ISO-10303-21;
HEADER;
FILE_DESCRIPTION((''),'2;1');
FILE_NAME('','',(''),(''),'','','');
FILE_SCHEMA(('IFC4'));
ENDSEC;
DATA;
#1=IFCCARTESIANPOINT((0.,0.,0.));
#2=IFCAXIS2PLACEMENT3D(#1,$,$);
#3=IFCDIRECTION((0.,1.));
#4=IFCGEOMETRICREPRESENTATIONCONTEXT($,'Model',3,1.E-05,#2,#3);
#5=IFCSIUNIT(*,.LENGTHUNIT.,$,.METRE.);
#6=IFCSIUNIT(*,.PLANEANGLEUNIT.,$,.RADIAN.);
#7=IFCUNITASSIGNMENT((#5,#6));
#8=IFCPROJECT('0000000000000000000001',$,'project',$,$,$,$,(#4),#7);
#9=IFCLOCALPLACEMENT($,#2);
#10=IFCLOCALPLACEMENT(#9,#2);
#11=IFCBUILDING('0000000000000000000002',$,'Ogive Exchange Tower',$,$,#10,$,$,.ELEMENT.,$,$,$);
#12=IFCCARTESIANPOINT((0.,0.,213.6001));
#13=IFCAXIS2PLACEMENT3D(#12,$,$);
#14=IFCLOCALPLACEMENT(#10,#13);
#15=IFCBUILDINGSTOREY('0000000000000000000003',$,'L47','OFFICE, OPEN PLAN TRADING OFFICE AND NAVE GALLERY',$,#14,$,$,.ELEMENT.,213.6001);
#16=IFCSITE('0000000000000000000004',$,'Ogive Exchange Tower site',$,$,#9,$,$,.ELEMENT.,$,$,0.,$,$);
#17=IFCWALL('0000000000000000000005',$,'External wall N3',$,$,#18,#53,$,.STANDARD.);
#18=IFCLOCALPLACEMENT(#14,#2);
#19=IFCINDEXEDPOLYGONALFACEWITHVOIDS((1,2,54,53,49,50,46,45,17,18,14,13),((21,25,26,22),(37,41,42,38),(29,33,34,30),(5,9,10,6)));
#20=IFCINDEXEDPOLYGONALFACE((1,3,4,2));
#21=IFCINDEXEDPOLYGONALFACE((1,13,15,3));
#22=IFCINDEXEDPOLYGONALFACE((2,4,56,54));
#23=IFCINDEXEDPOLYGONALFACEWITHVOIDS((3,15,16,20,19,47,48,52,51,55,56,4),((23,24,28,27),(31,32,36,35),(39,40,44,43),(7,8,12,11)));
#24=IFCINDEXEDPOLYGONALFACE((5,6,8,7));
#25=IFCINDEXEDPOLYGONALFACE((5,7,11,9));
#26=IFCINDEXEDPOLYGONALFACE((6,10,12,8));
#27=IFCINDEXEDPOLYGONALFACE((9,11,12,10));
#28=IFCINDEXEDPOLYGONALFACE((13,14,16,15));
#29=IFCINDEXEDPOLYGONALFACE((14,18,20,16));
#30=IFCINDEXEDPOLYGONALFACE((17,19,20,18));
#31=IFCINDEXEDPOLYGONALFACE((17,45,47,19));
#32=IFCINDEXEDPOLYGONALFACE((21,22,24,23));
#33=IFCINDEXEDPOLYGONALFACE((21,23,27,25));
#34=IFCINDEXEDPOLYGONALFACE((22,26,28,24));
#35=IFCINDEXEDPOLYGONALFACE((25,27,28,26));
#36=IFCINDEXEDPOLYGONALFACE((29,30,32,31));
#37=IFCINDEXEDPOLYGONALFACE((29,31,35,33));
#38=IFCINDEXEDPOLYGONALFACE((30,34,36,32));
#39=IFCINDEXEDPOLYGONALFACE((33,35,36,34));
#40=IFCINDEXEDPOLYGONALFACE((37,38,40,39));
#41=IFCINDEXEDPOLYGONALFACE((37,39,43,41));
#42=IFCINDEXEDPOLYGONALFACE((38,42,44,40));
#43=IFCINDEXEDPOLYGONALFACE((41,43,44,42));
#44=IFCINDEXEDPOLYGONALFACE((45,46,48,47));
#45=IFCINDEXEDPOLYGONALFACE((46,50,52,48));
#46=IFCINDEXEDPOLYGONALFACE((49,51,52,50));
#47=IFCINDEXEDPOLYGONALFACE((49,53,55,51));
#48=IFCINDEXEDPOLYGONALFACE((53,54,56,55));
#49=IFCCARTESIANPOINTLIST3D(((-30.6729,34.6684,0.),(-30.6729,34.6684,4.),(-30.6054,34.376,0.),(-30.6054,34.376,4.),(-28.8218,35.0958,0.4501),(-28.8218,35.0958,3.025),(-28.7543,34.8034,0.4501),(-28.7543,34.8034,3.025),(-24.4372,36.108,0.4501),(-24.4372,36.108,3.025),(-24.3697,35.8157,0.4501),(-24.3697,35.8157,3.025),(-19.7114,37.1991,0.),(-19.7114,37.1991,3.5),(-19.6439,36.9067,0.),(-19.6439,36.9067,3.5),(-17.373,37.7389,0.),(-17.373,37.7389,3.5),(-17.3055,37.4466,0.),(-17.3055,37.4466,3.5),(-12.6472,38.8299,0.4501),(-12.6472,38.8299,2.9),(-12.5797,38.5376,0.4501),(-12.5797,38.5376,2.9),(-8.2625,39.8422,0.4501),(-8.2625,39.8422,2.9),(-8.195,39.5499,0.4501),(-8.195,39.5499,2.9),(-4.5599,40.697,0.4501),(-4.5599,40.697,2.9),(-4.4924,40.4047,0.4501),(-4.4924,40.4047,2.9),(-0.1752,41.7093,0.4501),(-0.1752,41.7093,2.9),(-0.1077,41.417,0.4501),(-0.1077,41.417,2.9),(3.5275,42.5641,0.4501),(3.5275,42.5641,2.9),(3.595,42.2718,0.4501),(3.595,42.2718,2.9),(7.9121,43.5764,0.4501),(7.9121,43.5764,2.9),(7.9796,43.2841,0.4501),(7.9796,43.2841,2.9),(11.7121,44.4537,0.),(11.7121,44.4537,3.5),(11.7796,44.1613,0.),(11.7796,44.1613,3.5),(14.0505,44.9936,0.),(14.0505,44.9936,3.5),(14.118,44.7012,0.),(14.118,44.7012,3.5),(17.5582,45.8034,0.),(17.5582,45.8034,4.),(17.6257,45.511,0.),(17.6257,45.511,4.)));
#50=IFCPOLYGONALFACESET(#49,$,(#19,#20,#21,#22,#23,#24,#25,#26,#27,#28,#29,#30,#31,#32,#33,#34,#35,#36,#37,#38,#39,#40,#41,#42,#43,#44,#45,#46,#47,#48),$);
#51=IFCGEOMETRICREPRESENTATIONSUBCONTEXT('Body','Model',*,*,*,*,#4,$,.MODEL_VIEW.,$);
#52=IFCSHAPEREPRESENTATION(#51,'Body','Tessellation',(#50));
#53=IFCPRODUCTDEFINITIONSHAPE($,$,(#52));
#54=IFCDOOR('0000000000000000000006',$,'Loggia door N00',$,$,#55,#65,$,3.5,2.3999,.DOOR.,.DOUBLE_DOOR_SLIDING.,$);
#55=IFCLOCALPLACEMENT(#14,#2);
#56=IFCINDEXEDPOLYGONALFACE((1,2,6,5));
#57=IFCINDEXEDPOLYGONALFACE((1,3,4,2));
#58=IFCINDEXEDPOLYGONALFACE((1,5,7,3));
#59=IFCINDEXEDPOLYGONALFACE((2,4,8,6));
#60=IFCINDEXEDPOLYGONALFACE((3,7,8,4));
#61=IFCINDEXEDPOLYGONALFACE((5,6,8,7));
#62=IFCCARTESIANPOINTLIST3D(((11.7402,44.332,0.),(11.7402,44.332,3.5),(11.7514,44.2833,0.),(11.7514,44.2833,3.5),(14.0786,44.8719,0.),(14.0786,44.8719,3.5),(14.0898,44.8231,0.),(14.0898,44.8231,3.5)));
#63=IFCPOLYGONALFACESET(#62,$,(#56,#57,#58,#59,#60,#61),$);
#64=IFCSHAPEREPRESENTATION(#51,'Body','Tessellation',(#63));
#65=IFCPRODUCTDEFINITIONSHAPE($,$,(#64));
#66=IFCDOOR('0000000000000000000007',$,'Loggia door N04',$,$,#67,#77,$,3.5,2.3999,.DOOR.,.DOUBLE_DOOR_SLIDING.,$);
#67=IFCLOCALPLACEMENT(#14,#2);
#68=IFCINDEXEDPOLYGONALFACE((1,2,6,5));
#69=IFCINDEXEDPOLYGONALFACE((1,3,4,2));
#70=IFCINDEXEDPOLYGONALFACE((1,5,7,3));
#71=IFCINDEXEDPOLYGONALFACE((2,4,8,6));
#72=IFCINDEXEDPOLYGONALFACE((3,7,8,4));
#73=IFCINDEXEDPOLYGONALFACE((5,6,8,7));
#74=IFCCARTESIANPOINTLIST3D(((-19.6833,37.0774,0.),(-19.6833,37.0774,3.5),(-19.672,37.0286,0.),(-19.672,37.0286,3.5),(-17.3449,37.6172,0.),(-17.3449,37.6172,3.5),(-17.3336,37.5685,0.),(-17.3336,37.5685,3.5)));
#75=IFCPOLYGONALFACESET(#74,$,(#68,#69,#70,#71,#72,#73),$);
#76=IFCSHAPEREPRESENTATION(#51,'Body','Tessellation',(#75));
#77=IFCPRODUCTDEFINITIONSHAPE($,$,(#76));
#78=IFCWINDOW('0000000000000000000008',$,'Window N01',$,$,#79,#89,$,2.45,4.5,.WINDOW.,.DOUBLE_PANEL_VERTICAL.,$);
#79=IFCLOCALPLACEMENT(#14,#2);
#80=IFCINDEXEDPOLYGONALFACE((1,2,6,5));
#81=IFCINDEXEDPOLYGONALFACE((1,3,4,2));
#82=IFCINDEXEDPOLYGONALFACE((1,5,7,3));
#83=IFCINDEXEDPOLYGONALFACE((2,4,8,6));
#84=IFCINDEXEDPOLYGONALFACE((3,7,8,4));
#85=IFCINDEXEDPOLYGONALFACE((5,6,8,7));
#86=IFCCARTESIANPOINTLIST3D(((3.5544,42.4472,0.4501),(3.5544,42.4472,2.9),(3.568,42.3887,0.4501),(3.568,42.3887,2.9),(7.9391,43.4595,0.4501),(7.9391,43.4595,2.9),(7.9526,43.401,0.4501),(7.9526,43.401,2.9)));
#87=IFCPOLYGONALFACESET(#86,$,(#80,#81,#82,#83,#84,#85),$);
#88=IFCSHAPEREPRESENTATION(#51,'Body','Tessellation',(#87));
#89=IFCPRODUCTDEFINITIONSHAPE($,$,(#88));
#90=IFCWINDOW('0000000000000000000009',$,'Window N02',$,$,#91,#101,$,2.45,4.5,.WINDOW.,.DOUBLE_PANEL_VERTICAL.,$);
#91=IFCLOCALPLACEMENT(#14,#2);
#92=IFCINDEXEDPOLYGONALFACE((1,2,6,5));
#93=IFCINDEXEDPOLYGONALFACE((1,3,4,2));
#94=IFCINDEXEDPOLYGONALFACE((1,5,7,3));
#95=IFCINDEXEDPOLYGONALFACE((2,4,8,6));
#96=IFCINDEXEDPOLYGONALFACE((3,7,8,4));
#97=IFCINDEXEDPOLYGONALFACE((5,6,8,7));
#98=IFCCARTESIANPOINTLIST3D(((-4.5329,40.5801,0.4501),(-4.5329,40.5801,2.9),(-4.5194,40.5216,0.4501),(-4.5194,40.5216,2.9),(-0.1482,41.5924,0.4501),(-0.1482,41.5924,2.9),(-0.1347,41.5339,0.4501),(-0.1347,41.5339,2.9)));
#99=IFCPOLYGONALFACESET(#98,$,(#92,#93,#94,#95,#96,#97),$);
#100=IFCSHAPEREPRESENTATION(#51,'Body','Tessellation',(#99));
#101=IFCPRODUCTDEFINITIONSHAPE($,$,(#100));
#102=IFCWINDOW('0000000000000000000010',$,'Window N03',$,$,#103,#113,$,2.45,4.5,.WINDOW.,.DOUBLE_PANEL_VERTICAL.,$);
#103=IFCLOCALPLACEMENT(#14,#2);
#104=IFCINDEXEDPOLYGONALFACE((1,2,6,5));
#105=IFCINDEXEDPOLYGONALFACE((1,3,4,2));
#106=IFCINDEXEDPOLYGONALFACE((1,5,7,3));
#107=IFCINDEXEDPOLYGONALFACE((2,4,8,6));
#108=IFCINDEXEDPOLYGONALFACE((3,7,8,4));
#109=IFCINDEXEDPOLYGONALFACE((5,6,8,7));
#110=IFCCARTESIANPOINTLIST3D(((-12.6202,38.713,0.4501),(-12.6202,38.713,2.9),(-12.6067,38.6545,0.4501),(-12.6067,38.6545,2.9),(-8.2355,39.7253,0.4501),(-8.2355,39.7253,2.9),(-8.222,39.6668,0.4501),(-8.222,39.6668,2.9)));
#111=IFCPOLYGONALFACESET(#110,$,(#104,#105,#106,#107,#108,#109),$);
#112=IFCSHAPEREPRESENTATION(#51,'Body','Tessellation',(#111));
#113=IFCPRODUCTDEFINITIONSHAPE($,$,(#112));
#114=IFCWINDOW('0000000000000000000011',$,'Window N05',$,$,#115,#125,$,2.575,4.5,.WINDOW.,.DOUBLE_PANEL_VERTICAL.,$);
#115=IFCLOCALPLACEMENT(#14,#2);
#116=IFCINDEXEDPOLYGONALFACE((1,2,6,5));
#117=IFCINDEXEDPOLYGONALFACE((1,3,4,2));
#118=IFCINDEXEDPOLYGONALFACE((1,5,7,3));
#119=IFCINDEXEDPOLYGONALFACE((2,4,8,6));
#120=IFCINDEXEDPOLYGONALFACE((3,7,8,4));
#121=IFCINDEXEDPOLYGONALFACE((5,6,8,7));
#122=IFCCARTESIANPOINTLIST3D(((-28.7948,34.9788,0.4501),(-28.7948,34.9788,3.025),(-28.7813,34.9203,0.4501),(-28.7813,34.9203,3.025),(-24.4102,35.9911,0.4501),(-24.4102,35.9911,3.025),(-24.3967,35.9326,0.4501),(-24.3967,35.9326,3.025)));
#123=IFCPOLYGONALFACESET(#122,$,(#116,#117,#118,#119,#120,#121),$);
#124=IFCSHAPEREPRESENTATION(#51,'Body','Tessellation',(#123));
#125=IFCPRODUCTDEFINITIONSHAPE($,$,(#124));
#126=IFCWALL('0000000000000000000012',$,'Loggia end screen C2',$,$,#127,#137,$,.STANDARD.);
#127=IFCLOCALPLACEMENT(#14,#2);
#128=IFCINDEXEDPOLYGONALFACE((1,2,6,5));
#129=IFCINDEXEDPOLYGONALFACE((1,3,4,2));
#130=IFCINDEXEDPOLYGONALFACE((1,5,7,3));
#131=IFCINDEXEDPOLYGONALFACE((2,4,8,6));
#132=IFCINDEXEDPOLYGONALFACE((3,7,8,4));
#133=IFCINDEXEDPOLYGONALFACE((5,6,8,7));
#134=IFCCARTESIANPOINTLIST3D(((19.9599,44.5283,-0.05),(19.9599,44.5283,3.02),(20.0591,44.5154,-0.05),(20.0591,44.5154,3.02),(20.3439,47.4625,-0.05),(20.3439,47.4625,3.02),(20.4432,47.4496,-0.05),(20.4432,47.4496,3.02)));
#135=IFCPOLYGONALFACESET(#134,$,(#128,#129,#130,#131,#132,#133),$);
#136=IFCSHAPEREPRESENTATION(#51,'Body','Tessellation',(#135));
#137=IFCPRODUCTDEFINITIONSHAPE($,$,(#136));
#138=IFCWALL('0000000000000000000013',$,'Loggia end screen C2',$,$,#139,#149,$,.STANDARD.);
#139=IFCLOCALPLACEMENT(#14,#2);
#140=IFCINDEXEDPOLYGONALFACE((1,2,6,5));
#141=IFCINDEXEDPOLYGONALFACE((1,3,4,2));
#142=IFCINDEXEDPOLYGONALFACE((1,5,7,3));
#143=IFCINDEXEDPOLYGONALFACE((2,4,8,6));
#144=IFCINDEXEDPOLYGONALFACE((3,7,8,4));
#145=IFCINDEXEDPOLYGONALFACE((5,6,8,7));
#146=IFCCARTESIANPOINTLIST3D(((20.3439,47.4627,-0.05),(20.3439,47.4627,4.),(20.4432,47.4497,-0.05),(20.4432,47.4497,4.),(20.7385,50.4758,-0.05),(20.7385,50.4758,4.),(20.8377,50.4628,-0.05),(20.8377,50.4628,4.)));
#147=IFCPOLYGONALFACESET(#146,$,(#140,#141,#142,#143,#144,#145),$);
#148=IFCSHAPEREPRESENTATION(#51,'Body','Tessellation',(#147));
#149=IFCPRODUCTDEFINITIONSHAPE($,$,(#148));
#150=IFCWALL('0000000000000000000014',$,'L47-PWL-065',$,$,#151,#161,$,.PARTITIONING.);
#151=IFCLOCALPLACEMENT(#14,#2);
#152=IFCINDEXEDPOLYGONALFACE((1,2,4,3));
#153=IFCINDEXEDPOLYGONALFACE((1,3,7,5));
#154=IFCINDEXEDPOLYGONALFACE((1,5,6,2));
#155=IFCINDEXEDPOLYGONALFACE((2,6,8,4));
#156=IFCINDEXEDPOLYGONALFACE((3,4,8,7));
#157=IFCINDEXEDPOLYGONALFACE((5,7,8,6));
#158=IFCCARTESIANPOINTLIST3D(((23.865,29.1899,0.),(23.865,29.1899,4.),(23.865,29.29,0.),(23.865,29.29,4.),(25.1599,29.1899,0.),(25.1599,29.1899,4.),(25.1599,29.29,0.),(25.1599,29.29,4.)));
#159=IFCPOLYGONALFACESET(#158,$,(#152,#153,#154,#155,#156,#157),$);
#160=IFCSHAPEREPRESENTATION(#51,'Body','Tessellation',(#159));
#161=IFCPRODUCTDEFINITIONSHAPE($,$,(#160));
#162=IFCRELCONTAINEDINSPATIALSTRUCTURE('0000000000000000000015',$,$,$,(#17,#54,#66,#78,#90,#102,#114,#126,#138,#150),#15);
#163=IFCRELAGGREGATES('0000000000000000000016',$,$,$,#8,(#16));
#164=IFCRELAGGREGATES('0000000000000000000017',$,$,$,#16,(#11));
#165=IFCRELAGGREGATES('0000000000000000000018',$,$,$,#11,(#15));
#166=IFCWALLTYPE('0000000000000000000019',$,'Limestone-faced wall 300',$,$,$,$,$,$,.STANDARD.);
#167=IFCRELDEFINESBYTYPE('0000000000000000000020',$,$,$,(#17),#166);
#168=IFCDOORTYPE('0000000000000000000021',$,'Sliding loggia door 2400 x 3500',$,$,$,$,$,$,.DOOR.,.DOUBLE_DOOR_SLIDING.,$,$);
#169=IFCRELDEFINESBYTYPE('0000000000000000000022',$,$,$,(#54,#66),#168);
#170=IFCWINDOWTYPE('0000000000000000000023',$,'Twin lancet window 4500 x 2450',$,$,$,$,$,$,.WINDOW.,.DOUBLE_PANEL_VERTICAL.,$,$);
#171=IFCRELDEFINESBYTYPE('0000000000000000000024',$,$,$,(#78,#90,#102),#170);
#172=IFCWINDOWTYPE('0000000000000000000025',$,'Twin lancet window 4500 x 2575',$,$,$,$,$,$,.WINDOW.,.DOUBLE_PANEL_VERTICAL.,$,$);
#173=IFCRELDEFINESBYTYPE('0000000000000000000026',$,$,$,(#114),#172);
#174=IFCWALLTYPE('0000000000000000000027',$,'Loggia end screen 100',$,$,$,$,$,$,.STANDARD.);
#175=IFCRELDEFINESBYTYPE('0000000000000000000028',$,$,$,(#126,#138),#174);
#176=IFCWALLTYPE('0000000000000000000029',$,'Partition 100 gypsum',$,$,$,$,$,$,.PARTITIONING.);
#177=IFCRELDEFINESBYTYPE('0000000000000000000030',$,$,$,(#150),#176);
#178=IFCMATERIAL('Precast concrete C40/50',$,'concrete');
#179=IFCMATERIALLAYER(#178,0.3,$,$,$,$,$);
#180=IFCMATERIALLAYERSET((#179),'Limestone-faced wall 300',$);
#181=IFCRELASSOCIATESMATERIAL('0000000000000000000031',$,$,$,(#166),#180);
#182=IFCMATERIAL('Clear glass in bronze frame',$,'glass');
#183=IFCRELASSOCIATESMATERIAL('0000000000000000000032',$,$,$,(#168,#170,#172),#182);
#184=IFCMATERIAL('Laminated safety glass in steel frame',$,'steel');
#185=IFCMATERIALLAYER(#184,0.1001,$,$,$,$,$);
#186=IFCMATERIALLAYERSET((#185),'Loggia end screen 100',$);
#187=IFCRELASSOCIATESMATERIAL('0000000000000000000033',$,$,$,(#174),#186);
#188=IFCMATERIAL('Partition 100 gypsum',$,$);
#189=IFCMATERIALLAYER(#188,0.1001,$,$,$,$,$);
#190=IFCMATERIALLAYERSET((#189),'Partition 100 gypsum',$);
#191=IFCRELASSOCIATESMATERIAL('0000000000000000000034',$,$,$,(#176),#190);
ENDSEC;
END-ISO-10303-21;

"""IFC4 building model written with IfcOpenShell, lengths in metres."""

from ifc_helpers import new_model, si_unit, direction, frame, frame_2d, origin, place, context, subcontext, project, spatial, rectangle, extrude, material, layer, layer_set, type_object, element, fill, save


model = new_model("IFC4")

# Units and contexts
model_context = context("Model", 3, precision=1e-05, world=origin(), true_north=direction((0.0, 1.0)))
body_context = subcontext(model_context, "Body", "Model", "MODEL_VIEW")
ifc_project = project(units=[si_unit("LENGTHUNIT", "METRE"), si_unit("PLANEANGLEUNIT", "RADIAN")], contexts=[model_context])

# Site, building, storey
site_placement = place(None, origin())
site = spatial("IfcSite", under=ifc_project, at=site_placement, Name="Ogive Exchange Tower site", CompositionType="ELEMENT", RefElevation=0.0)
building_placement = place(site_placement, origin())
building = spatial("IfcBuilding", under=site, at=building_placement, Name="Ogive Exchange Tower", CompositionType="ELEMENT")
storey_placement = place(building_placement, frame((0.0, 0.0, 213.6001)))
storey = spatial("IfcBuildingStorey", under=building, at=storey_placement, Name="L47", Description="OFFICE, OPEN PLAN TRADING OFFICE AND NAVE GALLERY", CompositionType="ELEMENT", Elevation=213.6001)

# Wall, openings, doors, windows
ifc_material_1 = material(Name="Precast concrete C40/50", Category="concrete")
ifc_layer_1 = layer(ifc_material_1, 0.3)
ifc_layer_set_1 = layer_set([ifc_layer_1], Name="Limestone-faced wall 300")
wall_type_1 = type_object("IfcWallType", Name="Limestone-faced wall 300", PredefinedType="STANDARD", material=ifc_layer_set_1)
wall_1_placement = place(storey_placement, frame((17.592, 45.6572, 0.0), z_axis=(0.0, 0.0, 1.0), x_axis=(-0.97437, -0.22495, 0.0)))
wall_1 = element("IfcWall", 1, at=wall_1_placement, inside=storey, type_object=wall_type_1, Name="External wall N3", PredefinedType="STANDARD", context=body_context, shape_type="SweptSolid", body=[
    extrude(rectangle(XDim=49.4998, YDim=0.3, at=frame_2d((24.75, 0.0))), origin(), (0.0, 0.0, 1.0), 4.0),
])
opening_1_placement = place(wall_1_placement, frame((3.6001, 0.0, 0.0)))
opening_1 = element("IfcOpeningElement", 2, at=opening_1_placement, cuts=wall_1, PredefinedType="OPENING", context=body_context, shape_type="SweptSolid", body=[
    extrude(rectangle(XDim=2.3999, YDim=3.5, at=frame_2d((1.2, 1.75))), frame((0.0, 0.1599, 0.0), z_axis=(0.0, -1.0, 0.0), x_axis=(1.0, 0.0, 0.0)), (0.0, 0.0, 1.0), 0.3201),
])
opening_2_placement = place(wall_1_placement, frame((9.8999, 0.0, 0.45)))
opening_2 = element("IfcOpeningElement", 3, at=opening_2_placement, cuts=wall_1, PredefinedType="OPENING", context=body_context, shape_type="SweptSolid", body=[
    extrude(rectangle(XDim=4.5, YDim=2.45, at=frame_2d((2.25, 1.2251))), frame((0.0, 0.1599, 0.0), z_axis=(0.0, -1.0, 0.0), x_axis=(1.0, 0.0, 0.0)), (0.0, 0.0, 1.0), 0.3201),
])
opening_3_placement = place(wall_1_placement, frame((18.2, 0.0, 0.45)))
opening_3 = element("IfcOpeningElement", 4, at=opening_3_placement, cuts=wall_1, PredefinedType="OPENING", context=body_context, shape_type="SweptSolid", body=[
    extrude(rectangle(XDim=4.5, YDim=2.45, at=frame_2d((2.25, 1.2251))), frame((0.0, 0.1599, 0.0), z_axis=(0.0, -1.0, 0.0), x_axis=(1.0, 0.0, 0.0)), (0.0, 0.0, 1.0), 0.3201),
])
opening_4_placement = place(wall_1_placement, frame((26.5, 0.0, 0.45)))
opening_4 = element("IfcOpeningElement", 5, at=opening_4_placement, cuts=wall_1, PredefinedType="OPENING", context=body_context, shape_type="SweptSolid", body=[
    extrude(rectangle(XDim=4.5, YDim=2.45, at=frame_2d((2.25, 1.2251))), frame((0.0, 0.1599, 0.0), z_axis=(0.0, -1.0, 0.0), x_axis=(1.0, 0.0, 0.0)), (0.0, 0.0, 1.0), 0.3201),
])
opening_5_placement = place(wall_1_placement, frame((35.8501, 0.0, 0.0)))
opening_5 = element("IfcOpeningElement", 6, at=opening_5_placement, cuts=wall_1, PredefinedType="OPENING", context=body_context, shape_type="SweptSolid", body=[
    extrude(rectangle(XDim=2.3999, YDim=3.5, at=frame_2d((1.2, 1.75))), frame((0.0, 0.1599, 0.0), z_axis=(0.0, -1.0, 0.0), x_axis=(1.0, 0.0, 0.0)), (0.0, 0.0, 1.0), 0.3201),
])
opening_6_placement = place(wall_1_placement, frame((43.1001, 0.0, 0.45)))
opening_6 = element("IfcOpeningElement", 7, at=opening_6_placement, cuts=wall_1, PredefinedType="OPENING", context=body_context, shape_type="SweptSolid", body=[
    extrude(rectangle(XDim=4.5, YDim=2.575, at=frame_2d((2.25, 1.2876))), frame((0.0, 0.1599, 0.0), z_axis=(0.0, -1.0, 0.0), x_axis=(1.0, 0.0, 0.0)), (0.0, 0.0, 1.0), 0.3201),
])
ifc_material_2 = material(Name="Clear glass in bronze frame", Category="glass")
door_type = type_object("IfcDoorType", Name="Sliding loggia door 2400 x 3500", OperationType="DOUBLE_DOOR_SLIDING", PredefinedType="DOOR", material=ifc_material_2)
door_1_placement = place(opening_1_placement, origin())
door_1 = element("IfcDoor", 8, at=door_1_placement, inside=storey, type_object=door_type, Name="Loggia door N00", OperationType="DOUBLE_DOOR_SLIDING", OverallHeight=3.5, OverallWidth=2.3999, PredefinedType="DOOR", context=body_context, shape_type="SweptSolid", body=[
    extrude(rectangle(XDim=2.3999, YDim=3.5, at=frame_2d((1.2, 1.75))), frame((0.0, 0.0249, 0.0), z_axis=(0.0, -1.0, 0.0), x_axis=(1.0, 0.0, 0.0)), (0.0, 0.0, 1.0), 0.05),
])
fill(opening_1, door_1)
door_2_placement = place(opening_5_placement, origin())
door_2 = element("IfcDoor", 9, at=door_2_placement, inside=storey, type_object=door_type, Name="Loggia door N04", OperationType="DOUBLE_DOOR_SLIDING", OverallHeight=3.5, OverallWidth=2.3999, PredefinedType="DOOR", context=body_context, shape_type="SweptSolid", body=[
    extrude(rectangle(XDim=2.3999, YDim=3.5, at=frame_2d((1.2, 1.75))), frame((0.0, 0.0249, 0.0), z_axis=(0.0, -1.0, 0.0), x_axis=(1.0, 0.0, 0.0)), (0.0, 0.0, 1.0), 0.05),
])
fill(opening_5, door_2)
window_type_1 = type_object("IfcWindowType", Name="Twin lancet window 4500 x 2450", PartitioningType="DOUBLE_PANEL_VERTICAL", PredefinedType="WINDOW", material=ifc_material_2)
window_1_placement = place(opening_2_placement, origin())
window_1 = element("IfcWindow", 10, at=window_1_placement, inside=storey, type_object=window_type_1, Name="Window N01", OverallHeight=2.45, OverallWidth=4.5, PartitioningType="DOUBLE_PANEL_VERTICAL", PredefinedType="WINDOW", context=body_context, shape_type="SweptSolid", body=[
    extrude(rectangle(XDim=4.5, YDim=2.45, at=frame_2d((2.25, 1.2251))), frame((0.0, 0.03, 0.0), z_axis=(0.0, -1.0, 0.0), x_axis=(1.0, 0.0, 0.0)), (0.0, 0.0, 1.0), 0.0601),
])
fill(opening_2, window_1)
window_2_placement = place(opening_3_placement, origin())
window_2 = element("IfcWindow", 11, at=window_2_placement, inside=storey, type_object=window_type_1, Name="Window N02", OverallHeight=2.45, OverallWidth=4.5, PartitioningType="DOUBLE_PANEL_VERTICAL", PredefinedType="WINDOW", context=body_context, shape_type="SweptSolid", body=[
    extrude(rectangle(XDim=4.5, YDim=2.45, at=frame_2d((2.25, 1.2251))), frame((0.0, 0.03, 0.0), z_axis=(0.0, -1.0, 0.0), x_axis=(1.0, 0.0, 0.0)), (0.0, 0.0, 1.0), 0.0601),
])
fill(opening_3, window_2)
window_3_placement = place(opening_4_placement, origin())
window_3 = element("IfcWindow", 12, at=window_3_placement, inside=storey, type_object=window_type_1, Name="Window N03", OverallHeight=2.45, OverallWidth=4.5, PartitioningType="DOUBLE_PANEL_VERTICAL", PredefinedType="WINDOW", context=body_context, shape_type="SweptSolid", body=[
    extrude(rectangle(XDim=4.5, YDim=2.45, at=frame_2d((2.25, 1.2251))), frame((0.0, 0.03, 0.0), z_axis=(0.0, -1.0, 0.0), x_axis=(1.0, 0.0, 0.0)), (0.0, 0.0, 1.0), 0.0601),
])
fill(opening_4, window_3)
window_type_2 = type_object("IfcWindowType", Name="Twin lancet window 4500 x 2575", PartitioningType="DOUBLE_PANEL_VERTICAL", PredefinedType="WINDOW", material=ifc_material_2)
window_4_placement = place(opening_6_placement, origin())
window_4 = element("IfcWindow", 13, at=window_4_placement, inside=storey, type_object=window_type_2, Name="Window N05", OverallHeight=2.575, OverallWidth=4.5, PartitioningType="DOUBLE_PANEL_VERTICAL", PredefinedType="WINDOW", context=body_context, shape_type="SweptSolid", body=[
    extrude(rectangle(XDim=4.5, YDim=2.575, at=frame_2d((2.25, 1.2876))), frame((0.0, 0.03, 0.0), z_axis=(0.0, -1.0, 0.0), x_axis=(1.0, 0.0, 0.0)), (0.0, 0.0, 1.0), 0.0601),
])
fill(opening_6, window_4)

# Walls
ifc_material_3 = material(Name="Laminated safety glass in steel frame", Category="steel")
ifc_layer_2 = layer(ifc_material_3, 0.1001)
ifc_layer_set_2 = layer_set([ifc_layer_2], Name="Loggia end screen 100")
wall_type_2 = type_object("IfcWallType", Name="Loggia end screen 100", PredefinedType="STANDARD", material=ifc_layer_set_2)
wall_2_placement = place(storey_placement, frame((20.0095, 44.522, -0.05), z_axis=(0.0, 0.0, 1.0), x_axis=(0.12978, 0.991543, 0.0)))
element("IfcWall", 14, at=wall_2_placement, inside=storey, type_object=wall_type_2, Name="Loggia end screen C2", PredefinedType="STANDARD", context=body_context, shape_type="SweptSolid", body=[
    extrude(rectangle(XDim=2.9592, YDim=0.1001, at=frame_2d((1.4795, 0.0))), origin(), (0.0, 0.0, 1.0), 3.0701),
])
wall_3_placement = place(storey_placement, frame((20.3936, 47.4561, -0.05), z_axis=(0.0, 0.0, 1.0), x_axis=(0.129827, 0.991537, 0.0)))
element("IfcWall", 15, at=wall_3_placement, inside=storey, type_object=wall_type_2, Name="Loggia end screen C2", PredefinedType="STANDARD", context=body_context, shape_type="SweptSolid", body=[
    extrude(rectangle(XDim=3.0388, YDim=0.1001, at=frame_2d((1.5195, 0.0))), origin(), (0.0, 0.0, 1.0), 4.05),
])
ifc_material_4 = material(Name="Partition 100 gypsum")
ifc_layer_3 = layer(ifc_material_4, 0.1001)
ifc_layer_set_3 = layer_set([ifc_layer_3], Name="Partition 100 gypsum")
wall_type_3 = type_object("IfcWallType", Name="Partition 100 gypsum", PredefinedType="PARTITIONING", material=ifc_layer_set_3)
wall_4_placement = place(storey_placement, frame((23.865, 29.24, 0.0), z_axis=(0.0, 0.0, 1.0), x_axis=(1.0, 0.0, 0.0)))
element("IfcWall", 16, at=wall_4_placement, inside=storey, type_object=wall_type_3, Name="L47-PWL-065", PredefinedType="PARTITIONING", context=body_context, shape_type="SweptSolid", body=[
    extrude(rectangle(XDim=1.2949, YDim=0.1001, at=frame_2d((0.6475, 0.0))), origin(), (0.0, 0.0, 1.0), 4.0),
])

save(model, "model.ifc")
